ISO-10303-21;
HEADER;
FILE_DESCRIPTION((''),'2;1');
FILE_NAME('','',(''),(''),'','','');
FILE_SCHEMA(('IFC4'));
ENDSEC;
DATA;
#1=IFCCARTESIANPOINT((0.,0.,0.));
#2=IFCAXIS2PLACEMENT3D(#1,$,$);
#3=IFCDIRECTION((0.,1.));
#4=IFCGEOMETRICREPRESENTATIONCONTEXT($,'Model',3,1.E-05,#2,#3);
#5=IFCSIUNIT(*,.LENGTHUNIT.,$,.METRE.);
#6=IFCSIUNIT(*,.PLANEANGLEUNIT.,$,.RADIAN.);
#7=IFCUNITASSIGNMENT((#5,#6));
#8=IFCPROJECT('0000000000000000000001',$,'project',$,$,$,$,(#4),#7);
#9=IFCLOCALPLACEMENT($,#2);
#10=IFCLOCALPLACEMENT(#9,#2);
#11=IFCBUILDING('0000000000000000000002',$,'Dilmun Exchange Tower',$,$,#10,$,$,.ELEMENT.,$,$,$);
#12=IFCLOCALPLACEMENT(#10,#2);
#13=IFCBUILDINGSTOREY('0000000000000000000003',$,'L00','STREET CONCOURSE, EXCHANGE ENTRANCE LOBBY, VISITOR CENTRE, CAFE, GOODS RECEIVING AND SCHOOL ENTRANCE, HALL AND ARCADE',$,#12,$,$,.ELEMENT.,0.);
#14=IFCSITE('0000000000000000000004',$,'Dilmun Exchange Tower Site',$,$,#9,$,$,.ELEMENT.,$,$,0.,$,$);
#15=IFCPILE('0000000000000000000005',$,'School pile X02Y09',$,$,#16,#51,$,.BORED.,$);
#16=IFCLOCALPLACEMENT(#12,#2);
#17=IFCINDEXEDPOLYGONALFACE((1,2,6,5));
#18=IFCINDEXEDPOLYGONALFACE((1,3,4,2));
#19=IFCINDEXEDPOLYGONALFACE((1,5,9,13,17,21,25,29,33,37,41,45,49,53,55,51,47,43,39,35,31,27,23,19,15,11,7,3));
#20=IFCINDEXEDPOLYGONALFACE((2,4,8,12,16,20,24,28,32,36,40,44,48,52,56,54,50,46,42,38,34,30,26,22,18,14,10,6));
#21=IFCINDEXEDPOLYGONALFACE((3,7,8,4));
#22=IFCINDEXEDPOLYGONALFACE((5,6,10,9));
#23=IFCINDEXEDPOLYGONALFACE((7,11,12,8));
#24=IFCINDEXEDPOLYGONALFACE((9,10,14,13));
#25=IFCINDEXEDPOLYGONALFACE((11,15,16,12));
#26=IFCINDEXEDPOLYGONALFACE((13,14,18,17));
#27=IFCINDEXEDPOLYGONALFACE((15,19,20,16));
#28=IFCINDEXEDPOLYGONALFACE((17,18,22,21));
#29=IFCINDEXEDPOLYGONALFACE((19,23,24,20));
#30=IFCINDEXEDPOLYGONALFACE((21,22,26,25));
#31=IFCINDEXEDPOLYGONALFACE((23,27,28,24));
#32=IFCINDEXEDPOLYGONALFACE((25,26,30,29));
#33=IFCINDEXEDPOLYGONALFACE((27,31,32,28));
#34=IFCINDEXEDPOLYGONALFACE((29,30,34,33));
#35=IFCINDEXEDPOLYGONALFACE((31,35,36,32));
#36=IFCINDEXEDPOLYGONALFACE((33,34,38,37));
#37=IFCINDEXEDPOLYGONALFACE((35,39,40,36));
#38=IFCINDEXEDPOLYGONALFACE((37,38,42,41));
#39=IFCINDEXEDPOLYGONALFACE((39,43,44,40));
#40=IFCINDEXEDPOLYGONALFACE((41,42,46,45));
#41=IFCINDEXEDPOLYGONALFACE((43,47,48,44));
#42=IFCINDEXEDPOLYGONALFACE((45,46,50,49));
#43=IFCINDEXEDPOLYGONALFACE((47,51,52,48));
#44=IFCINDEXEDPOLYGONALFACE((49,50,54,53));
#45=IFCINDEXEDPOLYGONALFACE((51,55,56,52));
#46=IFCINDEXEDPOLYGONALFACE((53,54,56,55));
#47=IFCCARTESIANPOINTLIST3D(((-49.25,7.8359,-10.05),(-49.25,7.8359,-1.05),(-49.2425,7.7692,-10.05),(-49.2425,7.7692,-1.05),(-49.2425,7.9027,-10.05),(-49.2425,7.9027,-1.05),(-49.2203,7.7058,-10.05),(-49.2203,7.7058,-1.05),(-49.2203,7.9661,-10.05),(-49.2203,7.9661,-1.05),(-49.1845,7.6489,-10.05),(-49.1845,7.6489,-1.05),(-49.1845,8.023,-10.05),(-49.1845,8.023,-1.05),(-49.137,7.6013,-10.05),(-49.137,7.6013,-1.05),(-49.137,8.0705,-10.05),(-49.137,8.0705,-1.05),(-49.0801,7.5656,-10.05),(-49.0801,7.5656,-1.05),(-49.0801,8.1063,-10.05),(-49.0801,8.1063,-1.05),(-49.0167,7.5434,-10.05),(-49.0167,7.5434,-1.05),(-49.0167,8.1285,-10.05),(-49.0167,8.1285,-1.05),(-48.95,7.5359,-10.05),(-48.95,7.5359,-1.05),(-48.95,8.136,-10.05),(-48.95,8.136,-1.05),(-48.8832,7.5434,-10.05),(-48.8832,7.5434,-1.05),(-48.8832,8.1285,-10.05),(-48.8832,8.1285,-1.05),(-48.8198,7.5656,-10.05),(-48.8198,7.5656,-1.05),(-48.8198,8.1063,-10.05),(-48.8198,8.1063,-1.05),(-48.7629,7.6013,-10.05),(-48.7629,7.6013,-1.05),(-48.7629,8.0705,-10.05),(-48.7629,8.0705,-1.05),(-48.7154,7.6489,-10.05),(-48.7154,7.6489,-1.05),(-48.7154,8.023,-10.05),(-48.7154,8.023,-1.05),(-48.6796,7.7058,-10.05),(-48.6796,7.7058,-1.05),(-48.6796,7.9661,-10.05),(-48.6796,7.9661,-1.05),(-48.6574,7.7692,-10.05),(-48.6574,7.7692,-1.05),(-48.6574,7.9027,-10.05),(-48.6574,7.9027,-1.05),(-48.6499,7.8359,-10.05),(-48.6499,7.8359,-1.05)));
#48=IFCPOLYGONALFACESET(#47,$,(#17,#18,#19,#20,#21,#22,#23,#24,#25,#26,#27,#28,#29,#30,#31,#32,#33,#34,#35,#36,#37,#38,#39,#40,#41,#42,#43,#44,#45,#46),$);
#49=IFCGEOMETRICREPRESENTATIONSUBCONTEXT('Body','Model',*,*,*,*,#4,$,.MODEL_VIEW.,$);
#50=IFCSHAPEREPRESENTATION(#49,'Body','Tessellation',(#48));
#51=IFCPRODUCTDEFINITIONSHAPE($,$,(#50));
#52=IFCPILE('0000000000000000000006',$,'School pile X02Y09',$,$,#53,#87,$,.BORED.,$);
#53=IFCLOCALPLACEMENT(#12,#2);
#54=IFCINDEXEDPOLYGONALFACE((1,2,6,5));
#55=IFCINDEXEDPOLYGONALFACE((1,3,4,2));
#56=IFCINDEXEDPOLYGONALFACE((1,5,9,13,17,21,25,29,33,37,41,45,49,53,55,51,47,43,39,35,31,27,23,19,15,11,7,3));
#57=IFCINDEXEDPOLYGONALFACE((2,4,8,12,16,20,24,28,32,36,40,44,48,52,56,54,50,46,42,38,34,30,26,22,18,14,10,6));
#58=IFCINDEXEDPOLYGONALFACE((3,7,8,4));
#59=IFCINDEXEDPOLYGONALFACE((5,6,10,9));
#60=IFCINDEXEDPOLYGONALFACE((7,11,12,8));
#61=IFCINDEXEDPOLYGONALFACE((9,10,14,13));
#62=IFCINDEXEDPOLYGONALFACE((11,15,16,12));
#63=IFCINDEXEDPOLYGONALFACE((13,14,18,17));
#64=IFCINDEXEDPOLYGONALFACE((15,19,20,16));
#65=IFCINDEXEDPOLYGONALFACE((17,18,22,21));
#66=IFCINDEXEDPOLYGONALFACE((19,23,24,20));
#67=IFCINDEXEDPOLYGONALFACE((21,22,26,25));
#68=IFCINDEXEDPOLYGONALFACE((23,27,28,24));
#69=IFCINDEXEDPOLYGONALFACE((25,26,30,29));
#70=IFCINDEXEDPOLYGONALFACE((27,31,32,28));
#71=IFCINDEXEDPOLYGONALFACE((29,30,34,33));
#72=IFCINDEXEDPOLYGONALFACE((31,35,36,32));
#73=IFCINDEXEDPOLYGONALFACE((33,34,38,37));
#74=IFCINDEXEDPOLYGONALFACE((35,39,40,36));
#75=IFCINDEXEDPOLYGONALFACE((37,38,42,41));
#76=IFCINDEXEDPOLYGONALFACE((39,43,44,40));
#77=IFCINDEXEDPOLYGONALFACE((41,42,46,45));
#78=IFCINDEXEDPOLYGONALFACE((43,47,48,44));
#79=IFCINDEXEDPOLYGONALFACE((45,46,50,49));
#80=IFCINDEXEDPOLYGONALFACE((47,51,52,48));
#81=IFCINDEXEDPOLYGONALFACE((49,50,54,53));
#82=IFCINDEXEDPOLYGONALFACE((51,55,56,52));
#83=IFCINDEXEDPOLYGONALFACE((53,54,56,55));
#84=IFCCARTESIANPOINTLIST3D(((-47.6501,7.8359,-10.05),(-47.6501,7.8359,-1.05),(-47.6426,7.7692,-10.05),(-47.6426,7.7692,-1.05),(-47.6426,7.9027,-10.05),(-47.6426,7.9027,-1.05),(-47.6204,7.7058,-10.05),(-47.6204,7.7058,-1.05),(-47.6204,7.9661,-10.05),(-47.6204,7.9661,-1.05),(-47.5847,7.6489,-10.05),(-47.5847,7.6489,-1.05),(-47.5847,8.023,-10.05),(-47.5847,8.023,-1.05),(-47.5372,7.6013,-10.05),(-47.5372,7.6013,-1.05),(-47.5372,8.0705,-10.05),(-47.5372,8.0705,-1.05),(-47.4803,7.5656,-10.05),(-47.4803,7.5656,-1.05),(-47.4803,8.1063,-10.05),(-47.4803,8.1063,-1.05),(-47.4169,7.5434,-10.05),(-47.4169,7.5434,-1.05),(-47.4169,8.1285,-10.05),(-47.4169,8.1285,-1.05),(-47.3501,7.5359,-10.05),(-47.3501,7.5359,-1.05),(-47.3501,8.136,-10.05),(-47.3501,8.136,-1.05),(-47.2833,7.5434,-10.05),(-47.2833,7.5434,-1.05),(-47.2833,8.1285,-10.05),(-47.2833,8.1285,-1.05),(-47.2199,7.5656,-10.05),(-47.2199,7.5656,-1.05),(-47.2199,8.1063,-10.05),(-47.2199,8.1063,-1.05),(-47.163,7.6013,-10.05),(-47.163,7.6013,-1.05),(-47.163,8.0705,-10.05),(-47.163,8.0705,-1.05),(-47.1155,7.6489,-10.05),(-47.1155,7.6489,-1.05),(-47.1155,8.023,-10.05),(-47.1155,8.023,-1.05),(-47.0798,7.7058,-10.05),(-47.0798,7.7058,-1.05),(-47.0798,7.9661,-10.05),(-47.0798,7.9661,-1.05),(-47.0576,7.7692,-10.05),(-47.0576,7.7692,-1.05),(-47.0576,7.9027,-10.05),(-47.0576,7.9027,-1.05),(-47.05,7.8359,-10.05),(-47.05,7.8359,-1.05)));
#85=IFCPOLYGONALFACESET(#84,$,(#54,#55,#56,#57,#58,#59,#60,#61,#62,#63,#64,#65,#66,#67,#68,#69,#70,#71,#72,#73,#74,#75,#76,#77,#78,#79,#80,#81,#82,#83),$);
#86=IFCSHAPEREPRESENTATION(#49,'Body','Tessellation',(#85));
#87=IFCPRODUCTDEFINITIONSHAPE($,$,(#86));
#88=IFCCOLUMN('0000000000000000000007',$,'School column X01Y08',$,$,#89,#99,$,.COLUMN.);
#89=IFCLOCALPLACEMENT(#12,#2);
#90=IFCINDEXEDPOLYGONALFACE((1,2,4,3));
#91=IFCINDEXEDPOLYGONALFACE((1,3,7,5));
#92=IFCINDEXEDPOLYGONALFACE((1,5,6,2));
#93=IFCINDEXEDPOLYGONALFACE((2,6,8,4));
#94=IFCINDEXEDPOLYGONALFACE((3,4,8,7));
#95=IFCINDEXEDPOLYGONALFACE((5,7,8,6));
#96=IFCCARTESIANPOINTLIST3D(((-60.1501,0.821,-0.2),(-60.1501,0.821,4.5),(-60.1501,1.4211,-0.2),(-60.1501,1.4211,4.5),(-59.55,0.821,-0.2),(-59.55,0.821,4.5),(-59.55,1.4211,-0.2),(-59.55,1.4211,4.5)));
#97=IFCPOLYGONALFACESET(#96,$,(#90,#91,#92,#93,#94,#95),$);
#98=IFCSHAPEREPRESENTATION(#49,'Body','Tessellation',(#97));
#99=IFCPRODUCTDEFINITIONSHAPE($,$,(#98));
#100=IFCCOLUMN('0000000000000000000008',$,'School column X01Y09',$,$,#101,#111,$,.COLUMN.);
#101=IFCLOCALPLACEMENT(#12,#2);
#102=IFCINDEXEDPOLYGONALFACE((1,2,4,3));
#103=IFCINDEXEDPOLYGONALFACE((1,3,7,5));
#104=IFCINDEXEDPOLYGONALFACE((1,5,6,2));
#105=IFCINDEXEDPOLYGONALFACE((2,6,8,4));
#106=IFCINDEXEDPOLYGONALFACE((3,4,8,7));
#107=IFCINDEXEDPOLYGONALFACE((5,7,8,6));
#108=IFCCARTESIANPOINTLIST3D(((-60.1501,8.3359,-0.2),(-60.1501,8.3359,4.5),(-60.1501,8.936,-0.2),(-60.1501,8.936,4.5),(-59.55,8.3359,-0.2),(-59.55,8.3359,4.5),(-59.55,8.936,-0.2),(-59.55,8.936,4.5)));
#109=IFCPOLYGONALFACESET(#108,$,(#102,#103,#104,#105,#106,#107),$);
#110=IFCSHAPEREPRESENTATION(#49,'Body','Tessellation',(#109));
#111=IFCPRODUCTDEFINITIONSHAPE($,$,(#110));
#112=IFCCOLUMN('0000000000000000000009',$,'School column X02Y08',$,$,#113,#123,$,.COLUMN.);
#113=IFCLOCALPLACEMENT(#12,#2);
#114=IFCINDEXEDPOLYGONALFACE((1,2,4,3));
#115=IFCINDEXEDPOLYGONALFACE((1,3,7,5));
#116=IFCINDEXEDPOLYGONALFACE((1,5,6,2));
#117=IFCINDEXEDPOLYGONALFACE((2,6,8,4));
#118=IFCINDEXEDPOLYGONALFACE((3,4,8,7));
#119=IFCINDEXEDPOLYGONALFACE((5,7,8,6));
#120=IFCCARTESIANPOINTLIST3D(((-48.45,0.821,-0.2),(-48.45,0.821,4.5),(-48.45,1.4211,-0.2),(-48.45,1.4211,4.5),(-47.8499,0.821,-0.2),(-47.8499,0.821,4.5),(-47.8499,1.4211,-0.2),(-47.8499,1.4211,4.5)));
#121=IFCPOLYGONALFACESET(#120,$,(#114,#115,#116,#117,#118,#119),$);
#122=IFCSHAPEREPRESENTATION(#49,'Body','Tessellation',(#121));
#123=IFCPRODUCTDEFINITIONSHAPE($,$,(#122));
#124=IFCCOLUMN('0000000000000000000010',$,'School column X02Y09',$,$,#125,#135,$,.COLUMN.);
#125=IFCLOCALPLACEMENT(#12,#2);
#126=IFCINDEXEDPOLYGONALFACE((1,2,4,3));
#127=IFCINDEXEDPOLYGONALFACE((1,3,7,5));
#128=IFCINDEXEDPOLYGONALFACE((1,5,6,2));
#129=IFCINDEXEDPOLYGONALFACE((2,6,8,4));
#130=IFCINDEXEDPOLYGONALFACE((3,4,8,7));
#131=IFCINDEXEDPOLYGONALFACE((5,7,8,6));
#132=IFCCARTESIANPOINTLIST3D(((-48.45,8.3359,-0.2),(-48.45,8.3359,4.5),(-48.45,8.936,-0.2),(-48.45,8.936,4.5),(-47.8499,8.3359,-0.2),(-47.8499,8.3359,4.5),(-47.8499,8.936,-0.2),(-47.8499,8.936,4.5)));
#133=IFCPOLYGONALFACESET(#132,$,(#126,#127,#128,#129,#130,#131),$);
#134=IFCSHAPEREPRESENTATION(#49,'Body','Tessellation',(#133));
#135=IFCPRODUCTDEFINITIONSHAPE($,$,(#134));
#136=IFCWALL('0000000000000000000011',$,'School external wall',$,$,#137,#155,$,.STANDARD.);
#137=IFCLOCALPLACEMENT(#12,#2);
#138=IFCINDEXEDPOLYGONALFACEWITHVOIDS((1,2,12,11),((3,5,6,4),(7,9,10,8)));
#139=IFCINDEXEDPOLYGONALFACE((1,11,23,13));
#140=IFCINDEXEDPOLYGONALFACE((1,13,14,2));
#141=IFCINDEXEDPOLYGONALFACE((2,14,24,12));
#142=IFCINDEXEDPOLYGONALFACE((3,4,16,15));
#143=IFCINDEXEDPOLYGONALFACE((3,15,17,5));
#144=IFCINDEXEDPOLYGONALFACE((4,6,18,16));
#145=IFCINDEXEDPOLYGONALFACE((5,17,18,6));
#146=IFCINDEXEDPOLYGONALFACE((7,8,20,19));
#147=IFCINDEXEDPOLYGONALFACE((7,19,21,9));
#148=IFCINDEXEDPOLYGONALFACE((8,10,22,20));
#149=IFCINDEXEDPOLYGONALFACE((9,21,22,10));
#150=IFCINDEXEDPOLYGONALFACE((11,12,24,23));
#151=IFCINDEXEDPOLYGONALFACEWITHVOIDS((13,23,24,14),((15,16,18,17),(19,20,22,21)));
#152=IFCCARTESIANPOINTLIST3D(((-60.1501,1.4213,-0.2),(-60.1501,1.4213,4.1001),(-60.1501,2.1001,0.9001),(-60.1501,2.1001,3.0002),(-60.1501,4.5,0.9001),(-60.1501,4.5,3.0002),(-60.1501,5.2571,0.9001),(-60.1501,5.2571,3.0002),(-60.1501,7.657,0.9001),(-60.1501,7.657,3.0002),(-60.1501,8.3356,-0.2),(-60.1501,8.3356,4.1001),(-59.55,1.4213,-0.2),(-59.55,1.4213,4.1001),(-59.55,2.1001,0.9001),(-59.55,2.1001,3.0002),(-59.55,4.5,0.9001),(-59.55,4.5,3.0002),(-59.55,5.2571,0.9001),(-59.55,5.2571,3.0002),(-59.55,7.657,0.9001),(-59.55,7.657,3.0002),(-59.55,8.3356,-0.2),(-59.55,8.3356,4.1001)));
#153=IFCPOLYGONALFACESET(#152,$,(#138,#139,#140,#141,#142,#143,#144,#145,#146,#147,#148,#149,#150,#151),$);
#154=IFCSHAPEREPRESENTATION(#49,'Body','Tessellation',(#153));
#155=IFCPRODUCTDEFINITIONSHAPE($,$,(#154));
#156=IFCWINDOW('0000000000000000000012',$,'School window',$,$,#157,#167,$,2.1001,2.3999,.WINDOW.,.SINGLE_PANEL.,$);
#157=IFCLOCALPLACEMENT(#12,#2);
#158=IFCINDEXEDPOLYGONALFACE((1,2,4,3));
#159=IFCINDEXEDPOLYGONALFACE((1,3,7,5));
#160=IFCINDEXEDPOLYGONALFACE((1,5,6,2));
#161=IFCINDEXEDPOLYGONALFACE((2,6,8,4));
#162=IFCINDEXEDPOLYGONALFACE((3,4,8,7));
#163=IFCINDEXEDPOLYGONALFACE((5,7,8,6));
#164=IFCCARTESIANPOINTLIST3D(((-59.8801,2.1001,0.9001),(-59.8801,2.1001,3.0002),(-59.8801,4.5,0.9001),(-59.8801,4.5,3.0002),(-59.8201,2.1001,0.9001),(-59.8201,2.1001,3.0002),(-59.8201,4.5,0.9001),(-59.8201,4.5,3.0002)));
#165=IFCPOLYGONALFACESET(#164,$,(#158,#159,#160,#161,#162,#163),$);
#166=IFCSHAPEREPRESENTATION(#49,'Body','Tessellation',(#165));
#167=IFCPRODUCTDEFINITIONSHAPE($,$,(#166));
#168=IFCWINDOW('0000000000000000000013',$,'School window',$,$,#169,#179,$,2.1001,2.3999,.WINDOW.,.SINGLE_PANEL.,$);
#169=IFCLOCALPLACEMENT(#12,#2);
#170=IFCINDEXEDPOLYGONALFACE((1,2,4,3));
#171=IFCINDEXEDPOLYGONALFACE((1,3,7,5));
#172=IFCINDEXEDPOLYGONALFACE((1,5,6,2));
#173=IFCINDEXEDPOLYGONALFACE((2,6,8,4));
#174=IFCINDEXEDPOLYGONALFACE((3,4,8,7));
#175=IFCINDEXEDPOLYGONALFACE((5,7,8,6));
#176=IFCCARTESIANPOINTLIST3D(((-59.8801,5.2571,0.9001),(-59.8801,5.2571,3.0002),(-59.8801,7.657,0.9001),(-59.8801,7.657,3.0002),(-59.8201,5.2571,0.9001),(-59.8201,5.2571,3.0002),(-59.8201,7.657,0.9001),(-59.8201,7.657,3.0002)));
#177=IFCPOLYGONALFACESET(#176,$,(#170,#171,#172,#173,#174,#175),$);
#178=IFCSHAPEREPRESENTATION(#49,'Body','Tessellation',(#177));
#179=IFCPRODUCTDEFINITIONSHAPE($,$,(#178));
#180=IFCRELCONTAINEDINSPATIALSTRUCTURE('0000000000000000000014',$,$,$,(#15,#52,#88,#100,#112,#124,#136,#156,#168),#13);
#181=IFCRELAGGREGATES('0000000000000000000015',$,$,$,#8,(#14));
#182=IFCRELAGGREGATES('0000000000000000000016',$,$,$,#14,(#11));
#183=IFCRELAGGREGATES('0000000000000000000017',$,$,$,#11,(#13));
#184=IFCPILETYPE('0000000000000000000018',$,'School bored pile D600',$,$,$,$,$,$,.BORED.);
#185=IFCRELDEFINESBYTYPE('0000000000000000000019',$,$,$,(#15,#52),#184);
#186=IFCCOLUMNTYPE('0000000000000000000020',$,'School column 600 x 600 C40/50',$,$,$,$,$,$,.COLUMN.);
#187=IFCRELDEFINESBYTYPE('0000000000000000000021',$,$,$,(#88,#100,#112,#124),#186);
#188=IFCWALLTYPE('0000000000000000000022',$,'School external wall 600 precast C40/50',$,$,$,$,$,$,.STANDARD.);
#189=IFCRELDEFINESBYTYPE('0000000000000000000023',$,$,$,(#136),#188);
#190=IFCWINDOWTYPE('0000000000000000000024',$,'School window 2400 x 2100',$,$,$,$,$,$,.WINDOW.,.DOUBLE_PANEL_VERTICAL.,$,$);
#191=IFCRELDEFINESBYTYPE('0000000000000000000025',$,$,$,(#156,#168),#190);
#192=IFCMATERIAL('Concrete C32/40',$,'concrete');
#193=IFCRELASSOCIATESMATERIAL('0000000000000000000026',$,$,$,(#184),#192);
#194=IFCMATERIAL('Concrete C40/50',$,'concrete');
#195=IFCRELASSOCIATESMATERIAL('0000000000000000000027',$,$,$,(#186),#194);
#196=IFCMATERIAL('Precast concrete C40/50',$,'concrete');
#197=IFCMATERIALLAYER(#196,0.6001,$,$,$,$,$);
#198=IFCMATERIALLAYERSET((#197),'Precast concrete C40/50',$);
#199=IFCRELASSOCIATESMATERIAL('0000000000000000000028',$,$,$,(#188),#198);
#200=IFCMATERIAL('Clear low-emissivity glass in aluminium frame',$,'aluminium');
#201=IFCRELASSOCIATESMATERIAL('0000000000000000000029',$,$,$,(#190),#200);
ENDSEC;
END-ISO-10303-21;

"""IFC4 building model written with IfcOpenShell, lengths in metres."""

from ifc_helpers import new_model, si_unit, direction, frame, frame_2d, origin, origin_2d, place, context, subcontext, project, spatial, rectangle, circle, extrude, material, layer, layer_set, material_profile, profile_set, type_object, element, fill, save


model = new_model("IFC4")

# Units and contexts
model_context = context("Model", 3, precision=1e-05, world=origin(), true_north=direction((0.0, 1.0)))
body_context = subcontext(model_context, "Body", "Model", "MODEL_VIEW")
ifc_project = project(units=[si_unit("LENGTHUNIT", "METRE"), si_unit("PLANEANGLEUNIT", "RADIAN")], contexts=[model_context])

# Site, building, storey
site_placement = place(None, origin())
site = spatial("IfcSite", under=ifc_project, at=site_placement, Name="Dilmun Exchange Tower Site", CompositionType="ELEMENT", RefElevation=0.0)
building_placement = place(site_placement, origin())
building = spatial("IfcBuilding", under=site, at=building_placement, Name="Dilmun Exchange Tower", CompositionType="ELEMENT")
storey_placement = place(building_placement, origin())
storey = spatial("IfcBuildingStorey", under=building, at=storey_placement, Name="L00", Description="STREET CONCOURSE, EXCHANGE ENTRANCE LOBBY, VISITOR CENTRE, CAFE, GOODS RECEIVING AND SCHOOL ENTRANCE, HALL AND ARCADE", CompositionType="ELEMENT", Elevation=0.0)

# Piles
ifc_material_1 = material(Name="Concrete C32/40", Category="concrete")
ifc_material_profile_1 = material_profile(ifc_material_1, circle(Radius=0.3, at=origin_2d()), Name="D600")
ifc_profile_set_1 = profile_set([ifc_material_profile_1], Name="Concrete C32/40")
pile_type = type_object("IfcPileType", Name="School bored pile D600", PredefinedType="BORED", material=ifc_profile_set_1)
for number, where, z_axis, x_axis, name in (
    (1, (-48.95, 7.8359, -1.05), (0.0, 0.0, -1.0), (1.0, 0.0, 0.0), "School pile X02Y09"),
    (2, (-47.3501, 7.8359, -1.05), (0.0, 0.0, -1.0), (1.0, 0.0, 0.0), "School pile X02Y09"),
):
    element("IfcPile", number, at=place(storey_placement, frame(where, z_axis=z_axis, x_axis=x_axis)), inside=storey, type_object=pile_type, Name=name, PredefinedType="BORED", context=body_context, shape_type="SweptSolid", body=[
        extrude(circle(Radius=0.3, at=origin_2d()), origin(), (0.0, 0.0, 1.0), 9.0),
    ])

# Columns
ifc_material_2 = material(Name="Concrete C40/50", Category="concrete")
ifc_material_profile_2 = material_profile(ifc_material_2, rectangle(XDim=0.6001, YDim=0.6001, at=origin_2d()), Name="600 x 600")
ifc_profile_set_2 = profile_set([ifc_material_profile_2], Name="Concrete C40/50")
column_type = type_object("IfcColumnType", Name="School column 600 x 600 C40/50", PredefinedType="COLUMN", material=ifc_profile_set_2)
for number, where, z_axis, x_axis, name in (
    (3, (-59.8501, 1.1211, -0.2), (0.0, 0.0, 1.0), (1.0, 0.0, 0.0), "School column X01Y08"),
    (4, (-59.8501, 8.636, -0.2), (0.0, 0.0, 1.0), (1.0, 0.0, 0.0), "School column X01Y09"),
    (5, (-48.1499, 1.1211, -0.2), (0.0, 0.0, 1.0), (1.0, 0.0, 0.0), "School column X02Y08"),
    (6, (-48.1499, 8.636, -0.2), (0.0, 0.0, 1.0), (1.0, 0.0, 0.0), "School column X02Y09"),
):
    element("IfcColumn", number, at=place(storey_placement, frame(where, z_axis=z_axis, x_axis=x_axis)), inside=storey, type_object=column_type, Name=name, PredefinedType="COLUMN", context=body_context, shape_type="SweptSolid", body=[
        extrude(rectangle(XDim=0.6001, YDim=0.6001, at=origin_2d()), origin(), (0.0, 0.0, 1.0), 4.7),
    ])

# Wall, openings, windows
ifc_material_3 = material(Name="Precast concrete C40/50", Category="concrete")
ifc_layer_1 = layer(ifc_material_3, 0.6001)
ifc_layer_set_1 = layer_set([ifc_layer_1], Name="Precast concrete C40/50")
wall_type_1 = type_object("IfcWallType", Name="School external wall 600 precast C40/50", PredefinedType="STANDARD", material=ifc_layer_set_1)
wall_1_placement = place(storey_placement, frame((-59.8501, 1.4214, -0.2), z_axis=(0.0, 0.0, 1.0), x_axis=(0.0, 1.0, 0.0)))
wall_1 = element("IfcWall", 7, at=wall_1_placement, inside=storey, type_object=wall_type_1, Name="School external wall", PredefinedType="STANDARD", context=body_context, shape_type="SweptSolid", body=[
    extrude(rectangle(XDim=6.9143, YDim=0.6001, at=frame_2d((3.457, 0.0))), origin(), (0.0, 0.0, 1.0), 4.3),
])
opening_1_placement = place(wall_1_placement, frame((0.6787, 0.0, 1.1001)))
opening_1 = element("IfcOpeningElement", 8, at=opening_1_placement, cuts=wall_1, PredefinedType="OPENING", context=body_context, shape_type="SweptSolid", body=[
    extrude(rectangle(XDim=2.3999, YDim=2.1001, at=frame_2d((1.2, 1.05))), frame((0.0, 0.3101, 0.0), z_axis=(0.0, -1.0, 0.0), x_axis=(1.0, 0.0, 0.0)), (0.0, 0.0, 1.0), 0.6201),
])
opening_2_placement = place(wall_1_placement, frame((3.8357, 0.0, 1.1001)))
opening_2 = element("IfcOpeningElement", 9, at=opening_2_placement, cuts=wall_1, PredefinedType="OPENING", context=body_context, shape_type="SweptSolid", body=[
    extrude(rectangle(XDim=2.3999, YDim=2.1001, at=frame_2d((1.2, 1.05))), frame((0.0, 0.3101, 0.0), z_axis=(0.0, -1.0, 0.0), x_axis=(1.0, 0.0, 0.0)), (0.0, 0.0, 1.0), 0.6201),
])
ifc_material_4 = material(Name="Clear low-emissivity glass in aluminium frame", Category="aluminium")
window_type = type_object("IfcWindowType", Name="School window 2400 x 2100", PartitioningType="DOUBLE_PANEL_VERTICAL", PredefinedType="WINDOW", material=ifc_material_4)
window_1_placement = place(opening_1_placement, origin())
window_1 = element("IfcWindow", 10, at=window_1_placement, inside=storey, type_object=window_type, Name="School window", OverallHeight=2.1001, OverallWidth=2.3999, PartitioningType="SINGLE_PANEL", PredefinedType="WINDOW", context=body_context, shape_type="SweptSolid", body=[
    extrude(rectangle(XDim=2.3999, YDim=2.1001, at=frame_2d((1.2, 1.05))), frame((0.0, 0.03, 0.0), z_axis=(0.0, -1.0, 0.0), x_axis=(1.0, 0.0, 0.0)), (0.0, 0.0, 1.0), 0.0601),
])
fill(opening_1, window_1)
window_2_placement = place(opening_2_placement, origin())
window_2 = element("IfcWindow", 11, at=window_2_placement, inside=storey, type_object=window_type, Name="School window", OverallHeight=2.1001, OverallWidth=2.3999, PartitioningType="SINGLE_PANEL", PredefinedType="WINDOW", context=body_context, shape_type="SweptSolid", body=[
    extrude(rectangle(XDim=2.3999, YDim=2.1001, at=frame_2d((1.2, 1.05))), frame((0.0, 0.03, 0.0), z_axis=(0.0, -1.0, 0.0), x_axis=(1.0, 0.0, 0.0)), (0.0, 0.0, 1.0), 0.0601),
])
fill(opening_2, window_2)

save(model, "model.ifc")
